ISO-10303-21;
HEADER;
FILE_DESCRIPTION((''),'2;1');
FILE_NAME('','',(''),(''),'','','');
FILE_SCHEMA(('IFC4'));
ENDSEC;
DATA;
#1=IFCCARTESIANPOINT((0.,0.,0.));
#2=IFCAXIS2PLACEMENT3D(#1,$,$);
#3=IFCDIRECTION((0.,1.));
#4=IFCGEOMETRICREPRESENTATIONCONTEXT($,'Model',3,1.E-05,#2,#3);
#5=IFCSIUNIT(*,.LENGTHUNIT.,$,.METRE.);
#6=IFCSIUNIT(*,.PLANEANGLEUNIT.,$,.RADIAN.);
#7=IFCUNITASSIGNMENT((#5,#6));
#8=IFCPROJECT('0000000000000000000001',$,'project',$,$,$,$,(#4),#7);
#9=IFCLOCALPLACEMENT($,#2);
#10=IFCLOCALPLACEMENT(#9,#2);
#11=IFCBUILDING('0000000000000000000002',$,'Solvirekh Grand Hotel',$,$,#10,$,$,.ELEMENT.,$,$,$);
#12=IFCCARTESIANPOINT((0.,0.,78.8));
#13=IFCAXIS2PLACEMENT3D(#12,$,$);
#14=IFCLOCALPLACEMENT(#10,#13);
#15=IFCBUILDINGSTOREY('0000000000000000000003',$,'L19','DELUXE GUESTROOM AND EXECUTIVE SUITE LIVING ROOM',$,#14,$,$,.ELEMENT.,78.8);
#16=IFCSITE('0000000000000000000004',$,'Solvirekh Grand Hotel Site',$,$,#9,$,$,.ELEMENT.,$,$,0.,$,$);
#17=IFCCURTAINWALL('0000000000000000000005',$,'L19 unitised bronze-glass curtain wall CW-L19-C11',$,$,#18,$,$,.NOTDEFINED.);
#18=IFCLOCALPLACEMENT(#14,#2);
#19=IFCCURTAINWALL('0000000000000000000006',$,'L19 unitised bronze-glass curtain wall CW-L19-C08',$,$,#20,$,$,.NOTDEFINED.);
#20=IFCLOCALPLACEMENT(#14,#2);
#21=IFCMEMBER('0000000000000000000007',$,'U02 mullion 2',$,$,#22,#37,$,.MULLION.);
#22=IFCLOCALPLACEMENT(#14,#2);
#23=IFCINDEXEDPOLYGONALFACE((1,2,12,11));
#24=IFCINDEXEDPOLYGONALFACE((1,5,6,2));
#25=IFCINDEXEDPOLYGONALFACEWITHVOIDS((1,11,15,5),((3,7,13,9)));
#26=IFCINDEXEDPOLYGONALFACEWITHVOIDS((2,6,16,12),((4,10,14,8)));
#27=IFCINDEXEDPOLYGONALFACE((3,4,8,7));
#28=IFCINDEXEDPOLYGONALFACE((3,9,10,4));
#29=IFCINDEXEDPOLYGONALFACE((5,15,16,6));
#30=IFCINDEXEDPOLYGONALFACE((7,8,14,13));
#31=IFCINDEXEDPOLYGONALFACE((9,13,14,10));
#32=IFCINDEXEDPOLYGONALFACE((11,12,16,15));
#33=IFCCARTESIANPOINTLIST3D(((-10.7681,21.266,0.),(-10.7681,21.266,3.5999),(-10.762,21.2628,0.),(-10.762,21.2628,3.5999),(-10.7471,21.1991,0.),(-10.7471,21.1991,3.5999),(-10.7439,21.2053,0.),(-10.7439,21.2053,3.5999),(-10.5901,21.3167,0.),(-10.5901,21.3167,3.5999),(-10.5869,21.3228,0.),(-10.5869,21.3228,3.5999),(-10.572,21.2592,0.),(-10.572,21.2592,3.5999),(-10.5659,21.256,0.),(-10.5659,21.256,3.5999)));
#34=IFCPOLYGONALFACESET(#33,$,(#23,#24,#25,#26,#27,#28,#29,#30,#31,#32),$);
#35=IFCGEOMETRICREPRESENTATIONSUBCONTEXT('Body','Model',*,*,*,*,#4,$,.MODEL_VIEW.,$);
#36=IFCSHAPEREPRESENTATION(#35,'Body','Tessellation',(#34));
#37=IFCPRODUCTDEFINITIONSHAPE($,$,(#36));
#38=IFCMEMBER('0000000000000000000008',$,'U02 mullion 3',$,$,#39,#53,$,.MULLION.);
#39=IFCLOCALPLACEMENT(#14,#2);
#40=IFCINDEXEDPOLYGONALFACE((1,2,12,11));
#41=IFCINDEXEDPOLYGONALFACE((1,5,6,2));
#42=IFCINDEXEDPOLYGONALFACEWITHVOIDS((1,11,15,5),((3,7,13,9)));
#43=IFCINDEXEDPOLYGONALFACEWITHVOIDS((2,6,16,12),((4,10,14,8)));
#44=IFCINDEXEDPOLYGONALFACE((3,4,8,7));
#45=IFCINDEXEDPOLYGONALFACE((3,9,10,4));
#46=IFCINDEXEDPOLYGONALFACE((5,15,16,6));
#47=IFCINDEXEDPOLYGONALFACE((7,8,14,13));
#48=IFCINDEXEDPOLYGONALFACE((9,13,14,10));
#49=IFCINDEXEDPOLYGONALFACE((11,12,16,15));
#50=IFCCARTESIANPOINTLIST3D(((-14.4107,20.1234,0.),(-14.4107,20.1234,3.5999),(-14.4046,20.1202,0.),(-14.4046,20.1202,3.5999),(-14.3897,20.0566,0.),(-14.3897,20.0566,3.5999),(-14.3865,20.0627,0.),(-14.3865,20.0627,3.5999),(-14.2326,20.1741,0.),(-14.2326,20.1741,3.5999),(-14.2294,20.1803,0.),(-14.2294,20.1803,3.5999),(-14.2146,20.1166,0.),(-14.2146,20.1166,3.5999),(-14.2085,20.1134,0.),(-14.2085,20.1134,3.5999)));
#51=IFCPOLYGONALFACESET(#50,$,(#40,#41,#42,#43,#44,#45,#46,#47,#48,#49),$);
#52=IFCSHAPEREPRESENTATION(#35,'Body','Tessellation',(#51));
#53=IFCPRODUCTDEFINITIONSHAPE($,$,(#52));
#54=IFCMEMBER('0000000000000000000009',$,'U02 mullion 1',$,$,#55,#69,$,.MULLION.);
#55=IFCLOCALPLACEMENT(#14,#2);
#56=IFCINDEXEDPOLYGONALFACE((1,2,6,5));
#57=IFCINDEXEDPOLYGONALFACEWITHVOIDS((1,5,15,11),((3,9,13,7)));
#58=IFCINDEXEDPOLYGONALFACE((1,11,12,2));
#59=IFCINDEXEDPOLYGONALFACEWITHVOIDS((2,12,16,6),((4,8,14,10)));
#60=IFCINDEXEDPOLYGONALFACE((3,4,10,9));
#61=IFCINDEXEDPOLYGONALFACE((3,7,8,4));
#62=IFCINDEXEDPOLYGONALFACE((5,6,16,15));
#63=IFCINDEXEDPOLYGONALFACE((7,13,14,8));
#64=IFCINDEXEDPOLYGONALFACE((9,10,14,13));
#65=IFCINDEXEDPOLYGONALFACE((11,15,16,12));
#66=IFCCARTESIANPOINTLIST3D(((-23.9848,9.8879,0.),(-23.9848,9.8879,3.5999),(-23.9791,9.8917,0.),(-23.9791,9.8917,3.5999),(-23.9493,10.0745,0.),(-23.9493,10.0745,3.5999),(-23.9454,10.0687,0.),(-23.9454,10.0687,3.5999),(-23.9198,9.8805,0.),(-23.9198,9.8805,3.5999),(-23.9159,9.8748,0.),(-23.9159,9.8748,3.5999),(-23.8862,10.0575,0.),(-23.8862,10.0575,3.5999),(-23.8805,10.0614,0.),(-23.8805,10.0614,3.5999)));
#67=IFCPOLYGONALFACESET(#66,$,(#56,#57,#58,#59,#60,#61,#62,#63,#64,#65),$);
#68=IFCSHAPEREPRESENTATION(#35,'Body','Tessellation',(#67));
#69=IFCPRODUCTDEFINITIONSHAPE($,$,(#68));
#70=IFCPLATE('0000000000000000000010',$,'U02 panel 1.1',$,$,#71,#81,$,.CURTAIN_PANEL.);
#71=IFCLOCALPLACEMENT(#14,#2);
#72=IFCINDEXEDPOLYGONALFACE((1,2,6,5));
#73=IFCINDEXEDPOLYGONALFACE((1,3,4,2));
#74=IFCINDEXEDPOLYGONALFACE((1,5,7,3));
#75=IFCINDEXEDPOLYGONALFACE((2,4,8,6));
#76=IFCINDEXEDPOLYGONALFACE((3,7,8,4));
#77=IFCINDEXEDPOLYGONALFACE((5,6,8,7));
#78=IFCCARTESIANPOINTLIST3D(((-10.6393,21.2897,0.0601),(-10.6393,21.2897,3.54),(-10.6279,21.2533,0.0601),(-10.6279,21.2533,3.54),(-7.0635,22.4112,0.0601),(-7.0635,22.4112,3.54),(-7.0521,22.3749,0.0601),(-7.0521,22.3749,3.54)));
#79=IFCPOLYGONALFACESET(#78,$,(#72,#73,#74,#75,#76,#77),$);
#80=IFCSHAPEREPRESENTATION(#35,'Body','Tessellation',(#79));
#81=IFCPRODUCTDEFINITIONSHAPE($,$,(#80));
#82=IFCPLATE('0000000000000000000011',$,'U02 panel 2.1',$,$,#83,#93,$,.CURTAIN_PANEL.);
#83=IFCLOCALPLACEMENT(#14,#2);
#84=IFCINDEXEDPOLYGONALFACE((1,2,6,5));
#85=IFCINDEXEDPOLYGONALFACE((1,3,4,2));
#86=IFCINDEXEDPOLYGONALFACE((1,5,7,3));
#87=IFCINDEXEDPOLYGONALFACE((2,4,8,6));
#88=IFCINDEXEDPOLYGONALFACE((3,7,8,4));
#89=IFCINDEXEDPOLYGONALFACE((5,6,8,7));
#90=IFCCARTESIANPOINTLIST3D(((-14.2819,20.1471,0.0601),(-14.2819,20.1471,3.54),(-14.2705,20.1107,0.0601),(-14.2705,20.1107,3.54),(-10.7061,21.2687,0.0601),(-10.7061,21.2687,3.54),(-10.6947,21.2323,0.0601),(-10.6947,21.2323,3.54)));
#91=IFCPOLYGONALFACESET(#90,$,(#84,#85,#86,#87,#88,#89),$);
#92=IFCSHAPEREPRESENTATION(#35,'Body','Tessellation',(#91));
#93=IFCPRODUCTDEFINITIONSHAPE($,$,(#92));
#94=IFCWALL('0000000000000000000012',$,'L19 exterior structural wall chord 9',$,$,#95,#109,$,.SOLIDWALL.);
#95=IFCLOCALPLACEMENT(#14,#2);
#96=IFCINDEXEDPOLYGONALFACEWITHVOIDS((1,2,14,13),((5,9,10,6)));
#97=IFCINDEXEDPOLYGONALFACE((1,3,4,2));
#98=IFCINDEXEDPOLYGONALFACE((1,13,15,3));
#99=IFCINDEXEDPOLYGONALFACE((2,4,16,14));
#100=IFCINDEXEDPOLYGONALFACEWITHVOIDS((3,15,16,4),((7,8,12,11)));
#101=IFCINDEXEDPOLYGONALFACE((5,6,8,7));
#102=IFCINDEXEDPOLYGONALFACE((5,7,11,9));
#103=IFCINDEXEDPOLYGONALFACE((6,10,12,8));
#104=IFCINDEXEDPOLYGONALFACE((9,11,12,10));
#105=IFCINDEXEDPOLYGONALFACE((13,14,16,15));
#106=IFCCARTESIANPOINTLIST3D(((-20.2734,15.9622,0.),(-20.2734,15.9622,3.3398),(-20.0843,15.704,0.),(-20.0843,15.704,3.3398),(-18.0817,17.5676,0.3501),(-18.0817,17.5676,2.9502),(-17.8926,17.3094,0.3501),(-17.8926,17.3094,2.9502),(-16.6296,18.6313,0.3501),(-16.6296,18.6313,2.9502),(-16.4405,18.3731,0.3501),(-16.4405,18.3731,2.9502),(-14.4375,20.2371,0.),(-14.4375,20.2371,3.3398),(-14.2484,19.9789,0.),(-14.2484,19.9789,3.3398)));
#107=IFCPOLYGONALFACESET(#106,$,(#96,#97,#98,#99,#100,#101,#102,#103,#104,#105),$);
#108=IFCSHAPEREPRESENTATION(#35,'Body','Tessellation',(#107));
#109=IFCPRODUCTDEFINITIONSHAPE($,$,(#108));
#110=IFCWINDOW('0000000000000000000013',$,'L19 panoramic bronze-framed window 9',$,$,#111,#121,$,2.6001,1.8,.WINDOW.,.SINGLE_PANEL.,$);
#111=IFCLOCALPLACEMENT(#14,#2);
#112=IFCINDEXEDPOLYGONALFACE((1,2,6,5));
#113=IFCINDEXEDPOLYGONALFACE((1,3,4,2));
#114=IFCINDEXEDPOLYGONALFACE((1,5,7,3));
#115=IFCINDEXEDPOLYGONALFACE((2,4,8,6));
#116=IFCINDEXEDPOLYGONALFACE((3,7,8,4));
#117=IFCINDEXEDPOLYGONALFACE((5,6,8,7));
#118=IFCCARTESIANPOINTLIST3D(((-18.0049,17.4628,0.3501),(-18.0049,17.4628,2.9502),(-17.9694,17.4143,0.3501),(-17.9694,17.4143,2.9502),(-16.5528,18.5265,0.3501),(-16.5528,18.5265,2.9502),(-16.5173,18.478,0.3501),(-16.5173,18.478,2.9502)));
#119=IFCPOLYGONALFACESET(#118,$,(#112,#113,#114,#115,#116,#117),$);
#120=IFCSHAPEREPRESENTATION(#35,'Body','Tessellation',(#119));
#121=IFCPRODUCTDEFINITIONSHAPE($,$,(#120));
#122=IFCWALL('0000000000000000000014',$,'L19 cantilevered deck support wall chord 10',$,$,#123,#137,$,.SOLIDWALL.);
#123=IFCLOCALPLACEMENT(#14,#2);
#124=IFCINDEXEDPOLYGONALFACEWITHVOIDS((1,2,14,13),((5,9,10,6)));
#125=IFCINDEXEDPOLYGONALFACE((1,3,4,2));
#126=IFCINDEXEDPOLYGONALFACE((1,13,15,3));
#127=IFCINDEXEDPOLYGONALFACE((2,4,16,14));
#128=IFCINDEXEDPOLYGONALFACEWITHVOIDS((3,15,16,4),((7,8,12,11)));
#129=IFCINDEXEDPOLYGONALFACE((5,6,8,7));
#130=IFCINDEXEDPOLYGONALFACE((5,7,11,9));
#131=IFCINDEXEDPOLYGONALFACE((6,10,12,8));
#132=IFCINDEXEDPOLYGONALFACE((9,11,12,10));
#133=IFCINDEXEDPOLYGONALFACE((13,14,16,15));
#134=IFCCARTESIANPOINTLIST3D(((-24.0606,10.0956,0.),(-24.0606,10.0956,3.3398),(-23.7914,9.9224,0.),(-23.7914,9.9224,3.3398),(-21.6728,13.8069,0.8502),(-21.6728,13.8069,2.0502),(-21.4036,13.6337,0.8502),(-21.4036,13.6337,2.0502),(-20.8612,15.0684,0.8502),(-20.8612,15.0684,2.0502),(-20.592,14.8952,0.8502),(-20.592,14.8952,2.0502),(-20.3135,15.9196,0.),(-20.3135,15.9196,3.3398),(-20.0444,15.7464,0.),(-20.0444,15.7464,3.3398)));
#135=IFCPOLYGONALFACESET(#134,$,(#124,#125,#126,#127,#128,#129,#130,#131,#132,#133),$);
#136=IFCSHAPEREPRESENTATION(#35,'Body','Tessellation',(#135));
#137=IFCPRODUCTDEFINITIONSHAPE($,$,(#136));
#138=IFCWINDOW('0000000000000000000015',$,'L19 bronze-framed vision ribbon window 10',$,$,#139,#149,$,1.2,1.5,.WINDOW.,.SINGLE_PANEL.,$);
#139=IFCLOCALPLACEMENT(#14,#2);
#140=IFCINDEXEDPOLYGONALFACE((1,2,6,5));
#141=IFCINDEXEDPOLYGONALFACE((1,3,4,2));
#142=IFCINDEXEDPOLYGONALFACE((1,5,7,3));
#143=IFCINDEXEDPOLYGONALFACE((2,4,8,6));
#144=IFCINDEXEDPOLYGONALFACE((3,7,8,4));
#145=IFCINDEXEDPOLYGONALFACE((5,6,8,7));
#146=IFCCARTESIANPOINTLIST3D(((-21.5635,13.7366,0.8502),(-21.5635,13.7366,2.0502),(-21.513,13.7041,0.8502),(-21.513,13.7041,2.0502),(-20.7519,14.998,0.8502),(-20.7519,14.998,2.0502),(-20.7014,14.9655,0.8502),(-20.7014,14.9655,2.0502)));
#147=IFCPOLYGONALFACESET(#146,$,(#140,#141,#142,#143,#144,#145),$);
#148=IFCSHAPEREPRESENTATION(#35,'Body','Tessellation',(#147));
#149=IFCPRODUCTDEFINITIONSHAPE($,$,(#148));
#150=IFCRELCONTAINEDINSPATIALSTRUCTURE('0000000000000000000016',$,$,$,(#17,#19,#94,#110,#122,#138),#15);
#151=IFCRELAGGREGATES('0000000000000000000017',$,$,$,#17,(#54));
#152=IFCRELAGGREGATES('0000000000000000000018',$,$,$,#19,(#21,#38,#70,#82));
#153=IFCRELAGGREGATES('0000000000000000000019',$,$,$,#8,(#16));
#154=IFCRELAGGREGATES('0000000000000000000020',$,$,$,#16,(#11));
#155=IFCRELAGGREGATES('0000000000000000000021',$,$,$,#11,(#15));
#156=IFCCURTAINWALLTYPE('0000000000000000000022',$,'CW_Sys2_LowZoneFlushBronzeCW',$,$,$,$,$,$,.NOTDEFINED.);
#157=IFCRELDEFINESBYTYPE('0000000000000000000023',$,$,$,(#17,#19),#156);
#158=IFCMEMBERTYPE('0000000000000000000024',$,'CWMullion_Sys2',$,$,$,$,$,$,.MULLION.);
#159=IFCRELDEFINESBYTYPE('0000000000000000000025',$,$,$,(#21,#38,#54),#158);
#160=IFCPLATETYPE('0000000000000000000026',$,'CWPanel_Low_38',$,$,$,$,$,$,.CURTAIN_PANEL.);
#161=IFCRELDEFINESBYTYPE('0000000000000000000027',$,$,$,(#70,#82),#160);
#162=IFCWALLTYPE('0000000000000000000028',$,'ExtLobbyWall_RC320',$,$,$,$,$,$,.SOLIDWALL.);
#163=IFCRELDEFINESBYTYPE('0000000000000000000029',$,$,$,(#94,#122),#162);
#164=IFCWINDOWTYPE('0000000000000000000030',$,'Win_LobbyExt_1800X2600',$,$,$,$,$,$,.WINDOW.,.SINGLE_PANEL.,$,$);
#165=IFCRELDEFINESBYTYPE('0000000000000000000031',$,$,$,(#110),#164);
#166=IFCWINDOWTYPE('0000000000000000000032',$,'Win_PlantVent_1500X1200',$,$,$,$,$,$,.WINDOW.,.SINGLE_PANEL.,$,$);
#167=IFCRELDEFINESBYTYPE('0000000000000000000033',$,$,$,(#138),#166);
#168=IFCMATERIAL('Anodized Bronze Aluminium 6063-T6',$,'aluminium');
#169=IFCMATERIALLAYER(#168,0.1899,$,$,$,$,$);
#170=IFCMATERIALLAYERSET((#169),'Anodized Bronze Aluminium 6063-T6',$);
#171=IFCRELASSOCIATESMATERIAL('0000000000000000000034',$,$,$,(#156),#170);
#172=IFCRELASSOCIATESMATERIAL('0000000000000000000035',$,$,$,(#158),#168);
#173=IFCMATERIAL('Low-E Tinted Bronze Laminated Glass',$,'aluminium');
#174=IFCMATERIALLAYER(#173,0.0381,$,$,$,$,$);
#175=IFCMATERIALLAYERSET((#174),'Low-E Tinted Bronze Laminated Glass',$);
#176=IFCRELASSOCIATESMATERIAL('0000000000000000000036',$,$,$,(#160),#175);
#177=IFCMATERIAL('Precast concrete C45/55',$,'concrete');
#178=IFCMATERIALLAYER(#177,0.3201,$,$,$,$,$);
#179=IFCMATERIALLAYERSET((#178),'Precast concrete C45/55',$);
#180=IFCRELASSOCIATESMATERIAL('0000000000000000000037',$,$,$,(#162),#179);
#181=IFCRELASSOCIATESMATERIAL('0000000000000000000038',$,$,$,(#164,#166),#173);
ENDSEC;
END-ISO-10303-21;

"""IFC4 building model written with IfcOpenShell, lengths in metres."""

from ifc_helpers import new_model, si_unit, direction, frame, frame_2d, origin, origin_2d, place, context, subcontext, project, spatial, rectangle, hollow_rectangle, extrude, source, transform, mapped, material, layer, layer_set, material_profile, profile_set, type_object, element, fill, aggregate, save


model = new_model("IFC4")

# Units and contexts
model_context = context("Model", 3, precision=1e-05, world=origin(), true_north=direction((0.0, 1.0)))
body_context = subcontext(model_context, "Body", "Model", "MODEL_VIEW")
ifc_project = project(units=[si_unit("LENGTHUNIT", "METRE"), si_unit("PLANEANGLEUNIT", "RADIAN")], contexts=[model_context])

# Site, building, storey
site_placement = place(None, origin())
site = spatial("IfcSite", under=ifc_project, at=site_placement, Name="Solvirekh Grand Hotel Site", CompositionType="ELEMENT", RefElevation=0.0)
building_placement = place(site_placement, origin())
building = spatial("IfcBuilding", under=site, at=building_placement, Name="Solvirekh Grand Hotel", CompositionType="ELEMENT")
storey_placement = place(building_placement, frame((0.0, 0.0, 78.8)))
storey = spatial("IfcBuildingStorey", under=building, at=storey_placement, Name="L19", Description="DELUXE GUESTROOM AND EXECUTIVE SUITE LIVING ROOM", CompositionType="ELEMENT", Elevation=78.8)

# Curtain walls, members
ifc_material_1 = material(Name="Anodized Bronze Aluminium 6063-T6", Category="aluminium")
ifc_layer_1 = layer(ifc_material_1, 0.1899)
ifc_layer_set_1 = layer_set([ifc_layer_1], Name="Anodized Bronze Aluminium 6063-T6")
curtain_wall_type = type_object("IfcCurtainWallType", Name="CW_Sys2_LowZoneFlushBronzeCW", PredefinedType="NOTDEFINED", material=ifc_layer_set_1)
curtain_wall_1_placement = place(storey_placement, origin())
curtain_wall_1 = element("IfcCurtainWall", 1, at=curtain_wall_1_placement, inside=storey, type_object=curtain_wall_type, Name="L19 unitised bronze-glass curtain wall CW-L19-C11", PredefinedType="NOTDEFINED")
curtain_wall_2_placement = place(storey_placement, origin())
curtain_wall_2 = element("IfcCurtainWall", 2, at=curtain_wall_2_placement, inside=storey, type_object=curtain_wall_type, Name="L19 unitised bronze-glass curtain wall CW-L19-C08", PredefinedType="NOTDEFINED")
ifc_material_profile_1 = material_profile(ifc_material_1, hollow_rectangle(XDim=0.0701, YDim=0.1899, WallThickness=0.0049, at=origin_2d()), Name="ALU RHS 190X70X5")
ifc_profile_set_1 = profile_set([ifc_material_profile_1], Name="Anodized Bronze Aluminium 6063-T6")
member_type_1 = type_object("IfcMemberType", Name="CWMullion_Sys2", PredefinedType="MULLION", material=ifc_profile_set_1)
shared_shape_1 = source(origin(), body_context, "Body", "SweptSolid", [
    extrude(hollow_rectangle(XDim=0.0701, YDim=0.1899, WallThickness=0.0049, at=origin_2d()), origin(), (0.0, 0.0, 1.0), 3.5999),
])
member_1_placement = place(storey_placement, frame((-10.667, 21.261, 0.0), z_axis=(0.0, 0.0, 1.0), x_axis=(0.29928, -0.954165, 0.0)))
member_1 = element("IfcMember", 3, at=member_1_placement, type_object=member_type_1, Name="U02 mullion 2", PredefinedType="MULLION", context=body_context, shape_type="MappedRepresentation", body=[
    mapped(shared_shape_1, transform((0.0, 0.0, 0.0), x_axis=(1.0, 0.0, 0.0), y_axis=(0.0, 1.0, 0.0), z_axis=(0.0, 0.0, 1.0), scale=1.0)),
])
member_2_placement = place(storey_placement, frame((-14.3096, 20.1184, 0.0), z_axis=(0.0, 0.0, 1.0), x_axis=(0.29928, -0.954165, 0.0)))
member_2 = element("IfcMember", 4, at=member_2_placement, type_object=member_type_1, Name="U02 mullion 3", PredefinedType="MULLION", context=body_context, shape_type="MappedRepresentation", body=[
    mapped(shared_shape_1, transform((0.0, 0.0, 0.0), x_axis=(1.0, 0.0, 0.0), y_axis=(0.0, 1.0, 0.0), z_axis=(0.0, 0.0, 1.0), scale=1.0)),
])

# Member
member_3_placement = place(storey_placement, frame((-23.9326, 9.9746, 0.0), z_axis=(0.0, 0.0, 1.0), x_axis=(0.982413, -0.186721, 0.0)))
member_3 = element("IfcMember", 5, at=member_3_placement, type_object=member_type_1, Name="U02 mullion 1", PredefinedType="MULLION", context=body_context, shape_type="MappedRepresentation", body=[
    mapped(shared_shape_1, transform((0.0, 0.0, 0.0), x_axis=(1.0, 0.0, 0.0), y_axis=(0.0, 1.0, 0.0), z_axis=(0.0, 0.0, 1.0), scale=1.0)),
])
aggregate(curtain_wall_1, [member_3])

# Plates
ifc_material_2 = material(Name="Low-E Tinted Bronze Laminated Glass", Category="aluminium")
ifc_layer_2 = layer(ifc_material_2, 0.0381)
ifc_layer_set_2 = layer_set([ifc_layer_2], Name="Low-E Tinted Bronze Laminated Glass")
plate_type = type_object("IfcPlateType", Name="CWPanel_Low_38", PredefinedType="CURTAIN_PANEL", material=ifc_layer_set_2)
shared_shape_2 = source(origin(), body_context, "Body", "SweptSolid", [
    extrude(rectangle(XDim=3.7476, YDim=0.0381, at=origin_2d()), origin(), (0.0, 0.0, 1.0), 3.48),
])
plate_1_placement = place(storey_placement, frame((-8.8457, 21.8323, 0.0601), z_axis=(0.0, 0.0, 1.0), x_axis=(-0.954165, -0.29928, 0.0)))
plate_1 = element("IfcPlate", 6, at=plate_1_placement, type_object=plate_type, Name="U02 panel 1.1", PredefinedType="CURTAIN_PANEL", context=body_context, shape_type="MappedRepresentation", body=[
    mapped(shared_shape_2, transform((0.0, 0.0, 0.0), x_axis=(1.0, 0.0, 0.0), y_axis=(0.0, 1.0, 0.0), z_axis=(0.0, 0.0, 1.0), scale=1.0)),
])
plate_2_placement = place(storey_placement, frame((-12.4883, 20.6897, 0.0601), z_axis=(0.0, 0.0, 1.0), x_axis=(-0.954165, -0.29928, 0.0)))
plate_2 = element("IfcPlate", 7, at=plate_2_placement, type_object=plate_type, Name="U02 panel 2.1", PredefinedType="CURTAIN_PANEL", context=body_context, shape_type="MappedRepresentation", body=[
    mapped(shared_shape_2, transform((0.0, 0.0, 0.0), x_axis=(1.0, 0.0, 0.0), y_axis=(0.0, 1.0, 0.0), z_axis=(0.0, 0.0, 1.0), scale=1.0)),
])
aggregate(curtain_wall_2, [member_1, member_2, plate_1, plate_2])

# Walls, openings, windows
ifc_material_3 = material(Name="Precast concrete C45/55", Category="concrete")
ifc_layer_3 = layer(ifc_material_3, 0.3201)
ifc_layer_set_3 = layer_set([ifc_layer_3], Name="Precast concrete C45/55")
wall_type_1 = type_object("IfcWallType", Name="ExtLobbyWall_RC320", PredefinedType="SOLIDWALL", material=ifc_layer_set_3)
wall_1_placement = place(storey_placement, frame((-20.179, 15.833, 0.0), z_axis=(0.0, 0.0, 1.0), x_axis=(0.80672, 0.590933, 0.0)))
wall_1 = element("IfcWall", 8, at=wall_1_placement, inside=storey, type_object=wall_type_1, Name="L19 exterior structural wall chord 9", PredefinedType="SOLIDWALL", context=body_context, shape_type="SweptSolid", body=[
    extrude(rectangle(XDim=7.2341, YDim=0.3201, at=frame_2d((3.6172, 0.0))), origin(), (0.0, 0.0, 1.0), 3.3398),
])
opening_1_placement = place(wall_1_placement, frame((2.717, 0.0, 0.3501)))
opening_1 = element("IfcOpeningElement", 9, at=opening_1_placement, cuts=wall_1, PredefinedType="OPENING", context=body_context, shape_type="SweptSolid", body=[
    extrude(rectangle(XDim=1.8, YDim=2.6001, at=frame_2d((0.8999, 1.3))), frame((0.0, 0.1699, 0.0), z_axis=(0.0, -1.0, 0.0), x_axis=(1.0, 0.0, 0.0)), (0.0, 0.0, 1.0), 0.3401),
])
window_type_1 = type_object("IfcWindowType", Name="Win_LobbyExt_1800X2600", PartitioningType="SINGLE_PANEL", PredefinedType="WINDOW", material=ifc_material_2)
window_1_placement = place(opening_1_placement, origin())
window_1 = element("IfcWindow", 10, at=window_1_placement, inside=storey, type_object=window_type_1, Name="L19 panoramic bronze-framed window 9", OverallHeight=2.6001, OverallWidth=1.8, PartitioningType="SINGLE_PANEL", PredefinedType="WINDOW", context=body_context, shape_type="SweptSolid", body=[
    extrude(rectangle(XDim=1.8, YDim=2.6001, at=frame_2d((0.8999, 1.3))), frame((0.0, 0.03, 0.0), z_axis=(0.0, -1.0, 0.0), x_axis=(1.0, 0.0, 0.0)), (0.0, 0.0, 1.0), 0.0601),
])
fill(opening_1, window_1)
wall_2_placement = place(storey_placement, frame((-23.926, 10.009, 0.0), z_axis=(0.0, 0.0, 1.0), x_axis=(0.541073, 0.840976, 0.0)))
wall_2 = element("IfcWall", 11, at=wall_2_placement, inside=storey, type_object=wall_type_1, Name="L19 cantilevered deck support wall chord 10", PredefinedType="SOLIDWALL", context=body_context, shape_type="SweptSolid", body=[
    extrude(rectangle(XDim=6.9253, YDim=0.3201, at=frame_2d((3.4626, 0.0))), origin(), (0.0, 0.0, 1.0), 3.3398),
])
opening_2_placement = place(wall_2_placement, frame((4.4131, 0.0, 0.8501)))
opening_2 = element("IfcOpeningElement", 12, at=opening_2_placement, cuts=wall_2, PredefinedType="OPENING", context=body_context, shape_type="SweptSolid", body=[
    extrude(rectangle(XDim=1.5, YDim=1.2, at=frame_2d((0.75, 0.6001))), frame((0.0, 0.1699, 0.0), z_axis=(0.0, -1.0, 0.0), x_axis=(1.0, 0.0, 0.0)), (0.0, 0.0, 1.0), 0.3401),
])
window_type_2 = type_object("IfcWindowType", Name="Win_PlantVent_1500X1200", PartitioningType="SINGLE_PANEL", PredefinedType="WINDOW", material=ifc_material_2)
window_2_placement = place(opening_2_placement, origin())
window_2 = element("IfcWindow", 13, at=window_2_placement, inside=storey, type_object=window_type_2, Name="L19 bronze-framed vision ribbon window 10", OverallHeight=1.2, OverallWidth=1.5, PartitioningType="SINGLE_PANEL", PredefinedType="WINDOW", context=body_context, shape_type="SweptSolid", body=[
    extrude(rectangle(XDim=1.5, YDim=1.2, at=frame_2d((0.75, 0.6001))), frame((0.0, 0.03, 0.0), z_axis=(0.0, -1.0, 0.0), x_axis=(1.0, 0.0, 0.0)), (0.0, 0.0, 1.0), 0.0601),
])
fill(opening_2, window_2)

save(model, "model.ifc")
